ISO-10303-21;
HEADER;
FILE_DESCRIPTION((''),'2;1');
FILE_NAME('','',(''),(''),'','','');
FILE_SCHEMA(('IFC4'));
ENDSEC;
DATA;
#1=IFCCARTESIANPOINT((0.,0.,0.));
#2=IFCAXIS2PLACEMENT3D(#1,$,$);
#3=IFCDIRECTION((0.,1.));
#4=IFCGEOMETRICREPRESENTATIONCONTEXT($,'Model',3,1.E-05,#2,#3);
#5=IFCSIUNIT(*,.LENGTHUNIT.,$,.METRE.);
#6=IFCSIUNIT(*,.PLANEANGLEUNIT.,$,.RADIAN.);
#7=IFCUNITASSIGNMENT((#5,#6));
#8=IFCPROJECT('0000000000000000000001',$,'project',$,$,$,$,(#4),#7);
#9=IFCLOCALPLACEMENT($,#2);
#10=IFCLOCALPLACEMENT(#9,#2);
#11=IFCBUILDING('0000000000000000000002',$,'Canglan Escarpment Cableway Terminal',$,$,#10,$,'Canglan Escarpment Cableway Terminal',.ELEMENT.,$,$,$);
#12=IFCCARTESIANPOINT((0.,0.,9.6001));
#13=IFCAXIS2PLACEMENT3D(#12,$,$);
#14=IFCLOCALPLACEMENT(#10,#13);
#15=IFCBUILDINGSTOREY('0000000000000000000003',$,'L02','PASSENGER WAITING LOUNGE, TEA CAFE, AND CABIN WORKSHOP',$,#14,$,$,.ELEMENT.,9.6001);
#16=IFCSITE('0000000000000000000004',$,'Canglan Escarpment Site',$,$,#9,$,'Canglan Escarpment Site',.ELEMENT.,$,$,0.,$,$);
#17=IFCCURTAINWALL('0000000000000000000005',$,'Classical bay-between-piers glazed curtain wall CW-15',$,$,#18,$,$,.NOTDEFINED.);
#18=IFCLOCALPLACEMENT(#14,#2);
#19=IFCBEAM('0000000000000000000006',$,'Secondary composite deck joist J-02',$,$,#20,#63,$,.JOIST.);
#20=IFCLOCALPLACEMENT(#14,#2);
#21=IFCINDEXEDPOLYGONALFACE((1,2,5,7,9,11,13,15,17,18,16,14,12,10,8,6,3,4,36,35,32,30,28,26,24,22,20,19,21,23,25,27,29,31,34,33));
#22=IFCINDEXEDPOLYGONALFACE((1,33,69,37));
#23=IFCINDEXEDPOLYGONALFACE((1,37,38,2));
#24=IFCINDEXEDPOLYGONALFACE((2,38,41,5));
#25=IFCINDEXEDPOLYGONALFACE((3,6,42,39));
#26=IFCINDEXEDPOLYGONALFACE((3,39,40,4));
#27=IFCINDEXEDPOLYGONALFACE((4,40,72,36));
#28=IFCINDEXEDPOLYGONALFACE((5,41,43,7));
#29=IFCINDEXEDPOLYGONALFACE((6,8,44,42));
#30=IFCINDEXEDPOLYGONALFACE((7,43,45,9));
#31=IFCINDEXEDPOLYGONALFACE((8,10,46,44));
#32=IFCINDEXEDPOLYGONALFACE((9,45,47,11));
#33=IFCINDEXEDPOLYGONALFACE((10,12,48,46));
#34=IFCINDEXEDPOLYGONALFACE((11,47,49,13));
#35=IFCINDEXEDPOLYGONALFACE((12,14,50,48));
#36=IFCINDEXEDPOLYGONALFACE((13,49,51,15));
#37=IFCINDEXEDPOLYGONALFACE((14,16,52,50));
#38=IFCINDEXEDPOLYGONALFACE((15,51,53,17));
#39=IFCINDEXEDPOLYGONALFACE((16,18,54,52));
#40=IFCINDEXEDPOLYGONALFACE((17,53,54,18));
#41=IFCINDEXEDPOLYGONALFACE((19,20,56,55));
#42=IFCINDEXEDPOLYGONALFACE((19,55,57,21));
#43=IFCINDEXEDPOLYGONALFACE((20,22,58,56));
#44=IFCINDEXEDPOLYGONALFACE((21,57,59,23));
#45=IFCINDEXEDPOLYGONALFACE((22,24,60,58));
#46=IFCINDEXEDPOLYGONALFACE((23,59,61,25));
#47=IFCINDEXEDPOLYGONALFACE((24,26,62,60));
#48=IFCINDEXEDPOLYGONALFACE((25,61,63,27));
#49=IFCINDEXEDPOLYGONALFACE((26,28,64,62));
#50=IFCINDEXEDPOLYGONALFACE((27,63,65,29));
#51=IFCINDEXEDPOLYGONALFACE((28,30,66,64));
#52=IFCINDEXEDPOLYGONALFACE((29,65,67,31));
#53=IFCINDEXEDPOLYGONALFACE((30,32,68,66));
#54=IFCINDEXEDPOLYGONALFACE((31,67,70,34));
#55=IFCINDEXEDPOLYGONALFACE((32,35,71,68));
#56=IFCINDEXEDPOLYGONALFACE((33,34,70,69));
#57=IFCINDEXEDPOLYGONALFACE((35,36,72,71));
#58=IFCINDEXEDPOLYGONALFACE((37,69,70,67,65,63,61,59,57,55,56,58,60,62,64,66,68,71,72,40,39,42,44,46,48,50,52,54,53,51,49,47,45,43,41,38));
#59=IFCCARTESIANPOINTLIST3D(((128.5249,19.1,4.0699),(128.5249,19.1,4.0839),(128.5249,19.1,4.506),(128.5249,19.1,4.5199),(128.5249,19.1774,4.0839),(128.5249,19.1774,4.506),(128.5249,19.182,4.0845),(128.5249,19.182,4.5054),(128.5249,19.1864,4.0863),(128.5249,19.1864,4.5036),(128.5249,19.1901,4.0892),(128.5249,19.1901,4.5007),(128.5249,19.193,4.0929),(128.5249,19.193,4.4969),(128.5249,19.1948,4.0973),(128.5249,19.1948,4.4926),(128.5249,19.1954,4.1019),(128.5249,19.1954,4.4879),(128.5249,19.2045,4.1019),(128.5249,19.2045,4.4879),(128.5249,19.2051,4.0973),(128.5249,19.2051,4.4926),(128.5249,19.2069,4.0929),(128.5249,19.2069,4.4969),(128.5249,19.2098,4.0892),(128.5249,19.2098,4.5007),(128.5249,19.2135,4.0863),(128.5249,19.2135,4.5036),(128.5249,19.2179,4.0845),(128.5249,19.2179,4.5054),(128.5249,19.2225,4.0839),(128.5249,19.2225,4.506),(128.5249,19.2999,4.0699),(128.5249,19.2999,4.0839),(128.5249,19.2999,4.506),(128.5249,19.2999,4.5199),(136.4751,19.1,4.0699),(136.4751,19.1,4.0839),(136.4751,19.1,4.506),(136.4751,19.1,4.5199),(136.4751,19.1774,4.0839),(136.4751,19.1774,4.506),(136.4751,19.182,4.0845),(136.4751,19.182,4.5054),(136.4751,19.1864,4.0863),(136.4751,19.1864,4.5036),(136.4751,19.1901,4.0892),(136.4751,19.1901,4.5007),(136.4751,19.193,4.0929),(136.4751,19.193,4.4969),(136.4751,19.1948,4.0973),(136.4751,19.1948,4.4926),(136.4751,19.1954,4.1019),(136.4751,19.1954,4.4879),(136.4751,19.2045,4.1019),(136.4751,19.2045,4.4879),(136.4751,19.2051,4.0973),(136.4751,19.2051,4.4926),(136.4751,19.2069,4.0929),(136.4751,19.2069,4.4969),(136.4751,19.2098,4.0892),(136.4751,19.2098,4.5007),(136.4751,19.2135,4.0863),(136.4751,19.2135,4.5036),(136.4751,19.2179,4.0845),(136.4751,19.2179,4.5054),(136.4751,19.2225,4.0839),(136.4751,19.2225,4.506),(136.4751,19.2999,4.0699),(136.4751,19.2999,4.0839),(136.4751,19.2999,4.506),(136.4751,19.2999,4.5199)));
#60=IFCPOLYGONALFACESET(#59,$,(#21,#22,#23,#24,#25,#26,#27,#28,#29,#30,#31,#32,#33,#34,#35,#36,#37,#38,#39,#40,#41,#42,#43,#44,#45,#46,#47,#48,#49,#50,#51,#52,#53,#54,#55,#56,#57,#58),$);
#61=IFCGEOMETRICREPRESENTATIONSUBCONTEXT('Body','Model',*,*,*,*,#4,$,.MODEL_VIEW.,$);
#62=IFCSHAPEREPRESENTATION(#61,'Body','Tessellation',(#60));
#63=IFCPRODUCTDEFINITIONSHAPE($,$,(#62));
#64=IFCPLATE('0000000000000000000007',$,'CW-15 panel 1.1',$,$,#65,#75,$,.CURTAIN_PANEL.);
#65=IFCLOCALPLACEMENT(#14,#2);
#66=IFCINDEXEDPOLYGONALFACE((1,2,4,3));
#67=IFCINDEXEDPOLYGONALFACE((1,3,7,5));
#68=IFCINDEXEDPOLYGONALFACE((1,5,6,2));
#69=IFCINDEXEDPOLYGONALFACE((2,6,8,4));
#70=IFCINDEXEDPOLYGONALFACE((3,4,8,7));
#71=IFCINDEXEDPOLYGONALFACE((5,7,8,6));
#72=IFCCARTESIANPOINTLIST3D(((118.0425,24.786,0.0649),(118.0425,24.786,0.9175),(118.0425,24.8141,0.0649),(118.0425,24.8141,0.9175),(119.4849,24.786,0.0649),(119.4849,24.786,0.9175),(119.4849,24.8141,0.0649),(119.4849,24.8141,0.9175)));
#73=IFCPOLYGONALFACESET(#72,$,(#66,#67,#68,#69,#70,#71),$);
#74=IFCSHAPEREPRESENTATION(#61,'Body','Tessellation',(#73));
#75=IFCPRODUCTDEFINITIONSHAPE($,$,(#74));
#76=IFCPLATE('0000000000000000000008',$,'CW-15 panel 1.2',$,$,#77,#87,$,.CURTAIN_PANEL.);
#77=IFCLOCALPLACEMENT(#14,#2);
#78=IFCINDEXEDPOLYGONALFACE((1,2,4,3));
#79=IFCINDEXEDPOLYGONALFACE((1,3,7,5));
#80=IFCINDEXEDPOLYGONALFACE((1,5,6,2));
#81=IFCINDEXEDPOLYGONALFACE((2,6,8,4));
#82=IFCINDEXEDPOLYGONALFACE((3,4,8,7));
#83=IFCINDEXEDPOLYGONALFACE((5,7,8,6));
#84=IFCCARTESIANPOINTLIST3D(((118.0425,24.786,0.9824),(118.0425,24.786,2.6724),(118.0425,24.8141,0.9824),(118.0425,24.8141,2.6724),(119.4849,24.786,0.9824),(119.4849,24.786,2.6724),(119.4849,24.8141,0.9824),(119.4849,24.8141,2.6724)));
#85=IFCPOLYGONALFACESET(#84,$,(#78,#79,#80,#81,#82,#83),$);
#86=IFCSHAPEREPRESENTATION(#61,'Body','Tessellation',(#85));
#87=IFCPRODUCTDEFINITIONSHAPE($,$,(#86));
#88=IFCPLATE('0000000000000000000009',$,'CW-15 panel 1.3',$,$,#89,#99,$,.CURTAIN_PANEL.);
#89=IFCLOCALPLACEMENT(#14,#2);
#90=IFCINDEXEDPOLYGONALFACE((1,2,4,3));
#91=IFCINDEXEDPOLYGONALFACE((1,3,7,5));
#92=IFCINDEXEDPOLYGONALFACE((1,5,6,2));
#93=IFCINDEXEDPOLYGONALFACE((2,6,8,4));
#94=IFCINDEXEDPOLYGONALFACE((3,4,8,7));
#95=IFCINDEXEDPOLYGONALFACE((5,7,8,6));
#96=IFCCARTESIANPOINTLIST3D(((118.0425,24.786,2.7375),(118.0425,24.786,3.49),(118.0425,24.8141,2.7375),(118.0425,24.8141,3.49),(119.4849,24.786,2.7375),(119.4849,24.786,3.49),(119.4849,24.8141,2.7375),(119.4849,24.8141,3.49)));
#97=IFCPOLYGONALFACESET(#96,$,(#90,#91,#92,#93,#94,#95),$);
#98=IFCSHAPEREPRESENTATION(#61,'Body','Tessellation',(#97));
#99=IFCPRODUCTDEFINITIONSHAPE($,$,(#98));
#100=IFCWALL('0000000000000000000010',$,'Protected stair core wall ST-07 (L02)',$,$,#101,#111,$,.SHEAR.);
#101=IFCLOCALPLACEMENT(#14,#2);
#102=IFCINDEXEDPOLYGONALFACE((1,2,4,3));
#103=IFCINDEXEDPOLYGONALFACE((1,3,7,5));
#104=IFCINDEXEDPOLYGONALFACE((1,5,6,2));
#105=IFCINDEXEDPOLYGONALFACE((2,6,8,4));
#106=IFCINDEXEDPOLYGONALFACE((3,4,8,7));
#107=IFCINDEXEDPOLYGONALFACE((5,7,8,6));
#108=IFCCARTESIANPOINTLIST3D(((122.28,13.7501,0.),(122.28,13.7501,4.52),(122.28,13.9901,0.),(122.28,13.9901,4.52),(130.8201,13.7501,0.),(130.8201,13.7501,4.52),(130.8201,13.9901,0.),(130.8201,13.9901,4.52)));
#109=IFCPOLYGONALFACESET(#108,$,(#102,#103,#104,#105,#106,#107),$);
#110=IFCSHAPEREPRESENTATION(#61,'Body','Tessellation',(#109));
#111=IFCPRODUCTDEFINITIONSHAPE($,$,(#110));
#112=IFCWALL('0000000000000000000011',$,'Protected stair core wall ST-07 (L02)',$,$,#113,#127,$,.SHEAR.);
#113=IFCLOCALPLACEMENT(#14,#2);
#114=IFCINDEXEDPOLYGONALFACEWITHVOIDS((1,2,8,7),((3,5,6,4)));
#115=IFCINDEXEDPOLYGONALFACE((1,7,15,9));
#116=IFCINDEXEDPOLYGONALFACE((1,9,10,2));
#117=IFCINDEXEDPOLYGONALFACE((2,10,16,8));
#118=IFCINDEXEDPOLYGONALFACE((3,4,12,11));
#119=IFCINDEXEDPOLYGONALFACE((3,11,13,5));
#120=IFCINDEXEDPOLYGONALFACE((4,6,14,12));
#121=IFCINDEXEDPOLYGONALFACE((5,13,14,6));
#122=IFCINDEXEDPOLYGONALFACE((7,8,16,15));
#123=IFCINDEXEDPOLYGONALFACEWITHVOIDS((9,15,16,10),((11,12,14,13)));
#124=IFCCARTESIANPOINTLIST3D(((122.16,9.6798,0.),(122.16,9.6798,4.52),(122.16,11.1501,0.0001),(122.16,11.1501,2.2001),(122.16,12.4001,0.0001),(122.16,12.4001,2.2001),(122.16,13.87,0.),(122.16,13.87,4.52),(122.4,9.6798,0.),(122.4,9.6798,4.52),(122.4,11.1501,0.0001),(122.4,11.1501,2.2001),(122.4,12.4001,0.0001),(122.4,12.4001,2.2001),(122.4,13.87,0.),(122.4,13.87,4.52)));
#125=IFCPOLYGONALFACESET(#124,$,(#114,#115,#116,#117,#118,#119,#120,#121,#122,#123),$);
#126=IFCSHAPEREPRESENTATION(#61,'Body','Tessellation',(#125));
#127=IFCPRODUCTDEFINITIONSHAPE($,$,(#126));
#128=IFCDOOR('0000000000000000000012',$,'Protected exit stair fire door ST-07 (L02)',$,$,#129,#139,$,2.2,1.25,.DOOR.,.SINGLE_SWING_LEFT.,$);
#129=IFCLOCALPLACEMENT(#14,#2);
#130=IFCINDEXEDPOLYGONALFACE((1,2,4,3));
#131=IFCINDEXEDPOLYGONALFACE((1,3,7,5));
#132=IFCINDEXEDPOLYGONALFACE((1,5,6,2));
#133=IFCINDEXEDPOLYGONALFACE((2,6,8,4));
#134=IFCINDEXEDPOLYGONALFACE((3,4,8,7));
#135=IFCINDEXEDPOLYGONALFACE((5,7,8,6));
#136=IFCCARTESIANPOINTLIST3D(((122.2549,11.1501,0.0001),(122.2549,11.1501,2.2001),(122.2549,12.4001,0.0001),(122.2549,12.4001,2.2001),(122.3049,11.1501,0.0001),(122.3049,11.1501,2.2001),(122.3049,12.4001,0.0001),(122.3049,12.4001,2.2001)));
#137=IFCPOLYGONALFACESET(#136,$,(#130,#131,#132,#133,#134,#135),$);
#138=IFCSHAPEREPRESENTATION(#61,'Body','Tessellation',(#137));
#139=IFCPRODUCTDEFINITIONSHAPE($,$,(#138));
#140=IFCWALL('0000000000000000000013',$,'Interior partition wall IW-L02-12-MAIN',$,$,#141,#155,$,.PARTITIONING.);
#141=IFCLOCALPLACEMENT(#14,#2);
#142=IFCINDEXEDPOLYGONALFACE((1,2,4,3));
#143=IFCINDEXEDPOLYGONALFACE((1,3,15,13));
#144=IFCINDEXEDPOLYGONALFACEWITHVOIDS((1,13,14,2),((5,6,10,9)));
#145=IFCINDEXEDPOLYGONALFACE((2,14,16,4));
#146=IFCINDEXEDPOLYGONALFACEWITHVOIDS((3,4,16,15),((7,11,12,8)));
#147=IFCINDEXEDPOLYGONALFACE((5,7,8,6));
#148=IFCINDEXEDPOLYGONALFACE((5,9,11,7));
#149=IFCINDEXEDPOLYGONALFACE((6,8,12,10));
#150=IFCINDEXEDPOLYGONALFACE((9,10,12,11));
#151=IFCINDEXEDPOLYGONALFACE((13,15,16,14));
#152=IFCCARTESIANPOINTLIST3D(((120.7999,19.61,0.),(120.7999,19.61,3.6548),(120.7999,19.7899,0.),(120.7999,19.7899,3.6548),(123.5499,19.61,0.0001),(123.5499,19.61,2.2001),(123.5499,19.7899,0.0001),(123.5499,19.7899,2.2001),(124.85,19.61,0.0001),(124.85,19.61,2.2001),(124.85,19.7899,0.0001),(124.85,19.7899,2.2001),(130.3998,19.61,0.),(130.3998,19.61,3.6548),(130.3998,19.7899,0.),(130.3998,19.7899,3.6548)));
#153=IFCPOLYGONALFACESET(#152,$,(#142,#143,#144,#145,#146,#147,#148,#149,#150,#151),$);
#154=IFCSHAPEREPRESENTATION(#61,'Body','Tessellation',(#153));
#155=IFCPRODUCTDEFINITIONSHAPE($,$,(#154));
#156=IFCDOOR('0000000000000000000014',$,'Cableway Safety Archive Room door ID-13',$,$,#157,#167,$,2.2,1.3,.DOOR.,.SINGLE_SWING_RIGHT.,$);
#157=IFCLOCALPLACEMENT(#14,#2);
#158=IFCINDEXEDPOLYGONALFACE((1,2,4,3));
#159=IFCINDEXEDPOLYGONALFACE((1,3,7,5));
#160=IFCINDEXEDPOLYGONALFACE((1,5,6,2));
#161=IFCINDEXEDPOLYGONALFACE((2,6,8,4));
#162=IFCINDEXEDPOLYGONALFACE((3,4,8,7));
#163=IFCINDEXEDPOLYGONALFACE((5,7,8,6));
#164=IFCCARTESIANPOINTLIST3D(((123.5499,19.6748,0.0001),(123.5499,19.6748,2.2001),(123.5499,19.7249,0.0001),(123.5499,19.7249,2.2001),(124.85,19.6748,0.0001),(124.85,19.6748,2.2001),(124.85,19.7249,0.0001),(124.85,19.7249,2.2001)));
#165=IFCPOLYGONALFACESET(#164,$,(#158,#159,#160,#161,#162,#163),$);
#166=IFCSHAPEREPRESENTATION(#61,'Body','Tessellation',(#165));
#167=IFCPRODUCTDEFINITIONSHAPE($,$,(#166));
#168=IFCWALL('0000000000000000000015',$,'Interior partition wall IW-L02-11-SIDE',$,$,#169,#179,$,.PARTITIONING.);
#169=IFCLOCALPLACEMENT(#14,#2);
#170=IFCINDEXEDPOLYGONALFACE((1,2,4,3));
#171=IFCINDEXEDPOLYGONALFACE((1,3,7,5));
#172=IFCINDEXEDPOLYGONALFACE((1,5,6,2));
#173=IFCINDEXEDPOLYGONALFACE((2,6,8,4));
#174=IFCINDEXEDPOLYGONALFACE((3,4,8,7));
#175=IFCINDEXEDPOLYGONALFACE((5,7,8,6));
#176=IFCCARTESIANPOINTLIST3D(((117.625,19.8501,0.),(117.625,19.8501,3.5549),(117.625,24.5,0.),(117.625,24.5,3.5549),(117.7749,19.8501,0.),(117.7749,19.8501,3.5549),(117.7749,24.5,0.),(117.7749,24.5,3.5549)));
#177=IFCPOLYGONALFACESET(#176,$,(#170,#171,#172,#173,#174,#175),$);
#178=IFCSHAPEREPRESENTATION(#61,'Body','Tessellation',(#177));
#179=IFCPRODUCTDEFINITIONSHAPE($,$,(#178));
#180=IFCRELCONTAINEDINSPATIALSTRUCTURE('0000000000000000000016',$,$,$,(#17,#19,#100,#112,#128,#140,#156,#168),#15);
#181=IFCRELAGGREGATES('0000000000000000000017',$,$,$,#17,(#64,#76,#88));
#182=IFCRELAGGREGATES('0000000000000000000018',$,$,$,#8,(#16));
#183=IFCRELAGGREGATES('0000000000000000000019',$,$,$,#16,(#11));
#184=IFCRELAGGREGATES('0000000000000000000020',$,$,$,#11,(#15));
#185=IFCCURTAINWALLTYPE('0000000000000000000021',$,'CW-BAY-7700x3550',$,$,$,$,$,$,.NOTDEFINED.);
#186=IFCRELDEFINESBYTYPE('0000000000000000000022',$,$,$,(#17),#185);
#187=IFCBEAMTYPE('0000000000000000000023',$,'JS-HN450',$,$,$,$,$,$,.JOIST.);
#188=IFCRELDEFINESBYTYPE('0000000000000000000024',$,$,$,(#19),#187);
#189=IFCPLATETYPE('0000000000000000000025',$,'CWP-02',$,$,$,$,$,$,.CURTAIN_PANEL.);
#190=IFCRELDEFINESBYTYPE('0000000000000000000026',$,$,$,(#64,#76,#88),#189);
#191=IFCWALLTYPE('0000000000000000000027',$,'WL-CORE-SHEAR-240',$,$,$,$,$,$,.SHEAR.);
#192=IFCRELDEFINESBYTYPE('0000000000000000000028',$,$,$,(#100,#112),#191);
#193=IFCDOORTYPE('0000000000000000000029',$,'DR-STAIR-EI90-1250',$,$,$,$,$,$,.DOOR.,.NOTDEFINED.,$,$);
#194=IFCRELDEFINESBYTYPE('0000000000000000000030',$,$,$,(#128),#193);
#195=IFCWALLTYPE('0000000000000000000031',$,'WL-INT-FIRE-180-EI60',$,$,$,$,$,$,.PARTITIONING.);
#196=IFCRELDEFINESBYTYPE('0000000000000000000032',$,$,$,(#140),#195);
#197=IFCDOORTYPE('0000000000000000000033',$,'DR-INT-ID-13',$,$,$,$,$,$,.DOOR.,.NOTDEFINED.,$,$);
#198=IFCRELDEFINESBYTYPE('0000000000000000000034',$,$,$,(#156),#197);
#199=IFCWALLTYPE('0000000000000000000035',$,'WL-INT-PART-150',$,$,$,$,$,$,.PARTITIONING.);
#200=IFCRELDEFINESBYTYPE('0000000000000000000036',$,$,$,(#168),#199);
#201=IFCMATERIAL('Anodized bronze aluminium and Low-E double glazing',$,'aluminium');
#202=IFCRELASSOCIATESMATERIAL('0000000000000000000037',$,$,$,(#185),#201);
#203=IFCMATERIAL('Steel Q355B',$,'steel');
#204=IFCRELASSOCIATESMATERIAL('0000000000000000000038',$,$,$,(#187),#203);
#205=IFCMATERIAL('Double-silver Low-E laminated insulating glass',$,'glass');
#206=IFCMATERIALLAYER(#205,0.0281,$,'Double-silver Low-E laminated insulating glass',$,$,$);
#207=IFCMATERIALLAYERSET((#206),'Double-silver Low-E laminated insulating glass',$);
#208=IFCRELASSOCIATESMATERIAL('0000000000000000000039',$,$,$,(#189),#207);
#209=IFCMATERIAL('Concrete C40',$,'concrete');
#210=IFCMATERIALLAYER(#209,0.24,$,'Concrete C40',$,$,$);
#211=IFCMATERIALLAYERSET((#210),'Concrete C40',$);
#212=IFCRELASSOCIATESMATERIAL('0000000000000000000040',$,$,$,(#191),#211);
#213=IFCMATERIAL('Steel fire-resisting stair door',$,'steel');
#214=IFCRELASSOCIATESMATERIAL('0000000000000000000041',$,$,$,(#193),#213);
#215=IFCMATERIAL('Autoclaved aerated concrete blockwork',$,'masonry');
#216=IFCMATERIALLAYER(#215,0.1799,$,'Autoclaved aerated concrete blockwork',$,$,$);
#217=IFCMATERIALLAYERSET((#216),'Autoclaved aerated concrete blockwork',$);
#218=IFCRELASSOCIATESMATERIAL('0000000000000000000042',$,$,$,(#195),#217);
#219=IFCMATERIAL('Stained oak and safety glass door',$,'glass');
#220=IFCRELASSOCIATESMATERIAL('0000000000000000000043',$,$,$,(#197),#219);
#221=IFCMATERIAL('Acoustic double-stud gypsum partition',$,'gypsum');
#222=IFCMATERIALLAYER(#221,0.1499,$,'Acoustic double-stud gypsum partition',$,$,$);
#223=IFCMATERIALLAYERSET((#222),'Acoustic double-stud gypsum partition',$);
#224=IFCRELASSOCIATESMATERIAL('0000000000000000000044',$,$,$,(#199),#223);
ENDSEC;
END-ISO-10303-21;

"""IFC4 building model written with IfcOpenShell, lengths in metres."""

from ifc_helpers import new_model, si_unit, direction, frame, frame_2d, origin, origin_2d, place, context, subcontext, project, spatial, rectangle, i_section, extrude, material, layer, layer_set, material_profile, profile_set, type_object, element, fill, aggregate, save


model = new_model("IFC4")

# Units and contexts
model_context = context("Model", 3, precision=1e-05, world=origin(), true_north=direction((0.0, 1.0)))
body_context = subcontext(model_context, "Body", "Model", "MODEL_VIEW")
ifc_project = project(units=[si_unit("LENGTHUNIT", "METRE"), si_unit("PLANEANGLEUNIT", "RADIAN")], contexts=[model_context])

# Site, building, storey
site_placement = place(None, origin())
site = spatial("IfcSite", under=ifc_project, at=site_placement, Name="Canglan Escarpment Site", LongName="Canglan Escarpment Site", CompositionType="ELEMENT", RefElevation=0.0)
building_placement = place(site_placement, origin())
building = spatial("IfcBuilding", under=site, at=building_placement, Name="Canglan Escarpment Cableway Terminal", LongName="Canglan Escarpment Cableway Terminal", CompositionType="ELEMENT")
storey_placement = place(building_placement, frame((0.0, 0.0, 9.6001)))
storey = spatial("IfcBuildingStorey", under=building, at=storey_placement, Name="L02", Description="PASSENGER WAITING LOUNGE, TEA CAFE, AND CABIN WORKSHOP", CompositionType="ELEMENT", Elevation=9.6001)

# Shared definitions
ifc_material_1 = material(Name="Concrete C40", Category="concrete")

# Curtain wall
ifc_material_2 = material(Name="Anodized bronze aluminium and Low-E double glazing", Category="aluminium")
curtain_wall_type = type_object("IfcCurtainWallType", Name="CW-BAY-7700x3550", PredefinedType="NOTDEFINED", material=ifc_material_2)
curtain_wall_placement = place(storey_placement, origin())
curtain_wall = element("IfcCurtainWall", 1, at=curtain_wall_placement, inside=storey, type_object=curtain_wall_type, Name="Classical bay-between-piers glazed curtain wall CW-15", PredefinedType="NOTDEFINED")

# Beam
ifc_material_3 = material(Name="Steel Q355B", Category="steel")
ifc_material_profile_1 = material_profile(ifc_material_3, i_section(OverallWidth=0.2, OverallDepth=0.45, WebThickness=0.009, FlangeThickness=0.0139, FilletRadius=0.0181, at=origin_2d()), Name="HN 450x200x9x14")
ifc_profile_set_1 = profile_set([ifc_material_profile_1], Name="Steel Q355B")
beam_type_1 = type_object("IfcBeamType", Name="JS-HN450", PredefinedType="JOIST", material=ifc_profile_set_1)
beam_1_placement = place(storey_placement, frame((128.5249, 19.2, 4.2949), z_axis=(1.0, 0.0, 0.0), x_axis=(0.0, 1.0, 0.0)))
element("IfcBeam", 2, at=beam_1_placement, inside=storey, type_object=beam_type_1, Name="Secondary composite deck joist J-02", PredefinedType="JOIST", context=body_context, shape_type="SweptSolid", body=[
    extrude(i_section(OverallWidth=0.2, OverallDepth=0.45, WebThickness=0.009, FlangeThickness=0.0139, FilletRadius=0.0181, at=origin_2d()), origin(), (0.0, 0.0, 1.0), 7.9502),
])

# Plates
ifc_material_4 = material(Name="Double-silver Low-E laminated insulating glass", Category="glass")
ifc_layer_1 = layer(ifc_material_4, 0.0281, Name="Double-silver Low-E laminated insulating glass")
ifc_layer_set_1 = layer_set([ifc_layer_1], Name="Double-silver Low-E laminated insulating glass")
plate_type = type_object("IfcPlateType", Name="CWP-02", PredefinedType="CURTAIN_PANEL", material=ifc_layer_set_1)
plate_1_placement = place(storey_placement, frame((118.7637, 24.8, 0.0649), z_axis=(0.0, 0.0, 1.0), x_axis=(-1.0, 0.0, 0.0)))
plate_1 = element("IfcPlate", 3, at=plate_1_placement, type_object=plate_type, Name="CW-15 panel 1.1", PredefinedType="CURTAIN_PANEL", context=body_context, shape_type="SweptSolid", body=[
    extrude(rectangle(XDim=1.4424, YDim=0.0281, at=origin_2d()), origin(), (0.0, 0.0, 1.0), 0.8525),
])
plate_2_placement = place(storey_placement, frame((118.7637, 24.8, 0.9824), z_axis=(0.0, 0.0, 1.0), x_axis=(-1.0, 0.0, 0.0)))
plate_2 = element("IfcPlate", 4, at=plate_2_placement, type_object=plate_type, Name="CW-15 panel 1.2", PredefinedType="CURTAIN_PANEL", context=body_context, shape_type="SweptSolid", body=[
    extrude(rectangle(XDim=1.4424, YDim=0.0281, at=origin_2d()), origin(), (0.0, 0.0, 1.0), 1.6899),
])
plate_3_placement = place(storey_placement, frame((118.7637, 24.8, 2.7375), z_axis=(0.0, 0.0, 1.0), x_axis=(-1.0, 0.0, 0.0)))
plate_3 = element("IfcPlate", 5, at=plate_3_placement, type_object=plate_type, Name="CW-15 panel 1.3", PredefinedType="CURTAIN_PANEL", context=body_context, shape_type="SweptSolid", body=[
    extrude(rectangle(XDim=1.4424, YDim=0.0281, at=origin_2d()), origin(), (0.0, 0.0, 1.0), 0.7524),
])
aggregate(curtain_wall, [plate_1, plate_2, plate_3])

# Wall
ifc_layer_2 = layer(ifc_material_1, 0.24, Name="Concrete C40")
ifc_layer_set_2 = layer_set([ifc_layer_2], Name="Concrete C40")
wall_type_1 = type_object("IfcWallType", Name="WL-CORE-SHEAR-240", PredefinedType="SHEAR", material=ifc_layer_set_2)
wall_1_placement = place(storey_placement, frame((130.8201, 13.8701, 0.0), z_axis=(0.0, 0.0, 1.0), x_axis=(-1.0, 0.0, 0.0)))
element("IfcWall", 6, at=wall_1_placement, inside=storey, type_object=wall_type_1, Name="Protected stair core wall ST-07 (L02)", PredefinedType="SHEAR", context=body_context, shape_type="SweptSolid", body=[
    extrude(rectangle(XDim=8.54, YDim=0.24, at=frame_2d((4.27, 0.0))), origin(), (0.0, 0.0, 1.0), 4.52),
])

# Walls, openings, doors
wall_2_placement = place(storey_placement, frame((122.28, 13.8701, 0.0), z_axis=(0.0, 0.0, 1.0), x_axis=(0.0, -1.0, 0.0)))
wall_2 = element("IfcWall", 7, at=wall_2_placement, inside=storey, type_object=wall_type_1, Name="Protected stair core wall ST-07 (L02)", PredefinedType="SHEAR", context=body_context, shape_type="SweptSolid", body=[
    extrude(rectangle(XDim=4.1902, YDim=0.24, at=frame_2d((2.0952, 0.0))), origin(), (0.0, 0.0, 1.0), 4.52),
])
opening_1_placement = place(wall_2_placement, frame((1.47, 0.0, 0.0)))
opening_1 = element("IfcOpeningElement", 8, at=opening_1_placement, cuts=wall_2, PredefinedType="OPENING", context=body_context, shape_type="SweptSolid", body=[
    extrude(rectangle(XDim=1.25, YDim=2.2, at=frame_2d((0.625, 1.1001))), frame((0.0, 0.1299, 0.0), z_axis=(0.0, -1.0, 0.0), x_axis=(1.0, 0.0, 0.0)), (0.0, 0.0, 1.0), 0.26),
])
ifc_material_5 = material(Name="Steel fire-resisting stair door", Category="steel")
door_type_1 = type_object("IfcDoorType", Name="DR-STAIR-EI90-1250", OperationType="NOTDEFINED", PredefinedType="DOOR", material=ifc_material_5)
door_1_placement = place(opening_1_placement, origin())
door_1 = element("IfcDoor", 9, at=door_1_placement, inside=storey, type_object=door_type_1, Name="Protected exit stair fire door ST-07 (L02)", OperationType="SINGLE_SWING_LEFT", OverallHeight=2.2, OverallWidth=1.25, PredefinedType="DOOR", context=body_context, shape_type="SweptSolid", body=[
    extrude(rectangle(XDim=1.25, YDim=2.2, at=frame_2d((0.625, 1.1001))), frame((0.0, 0.0249, 0.0), z_axis=(0.0, -1.0, 0.0), x_axis=(1.0, 0.0, 0.0)), (0.0, 0.0, 1.0), 0.05),
])
fill(opening_1, door_1)
ifc_material_6 = material(Name="Autoclaved aerated concrete blockwork", Category="masonry")
ifc_layer_3 = layer(ifc_material_6, 0.1799, Name="Autoclaved aerated concrete blockwork")
ifc_layer_set_3 = layer_set([ifc_layer_3], Name="Autoclaved aerated concrete blockwork")
wall_type_2 = type_object("IfcWallType", Name="WL-INT-FIRE-180-EI60", PredefinedType="PARTITIONING", material=ifc_layer_set_3)
wall_3_placement = place(storey_placement, frame((120.8, 19.7, 0.0), z_axis=(0.0, 0.0, 1.0), x_axis=(1.0, 0.0, 0.0)))
wall_3 = element("IfcWall", 10, at=wall_3_placement, inside=storey, type_object=wall_type_2, Name="Interior partition wall IW-L02-12-MAIN", PredefinedType="PARTITIONING", context=body_context, shape_type="SweptSolid", body=[
    extrude(rectangle(XDim=9.5999, YDim=0.1799, at=frame_2d((4.7998, 0.0))), origin(), (0.0, 0.0, 1.0), 3.6548),
])
opening_2_placement = place(wall_3_placement, frame((2.75, 0.0, 0.0)))
opening_2 = element("IfcOpeningElement", 11, at=opening_2_placement, cuts=wall_3, PredefinedType="OPENING", context=body_context, shape_type="SweptSolid", body=[
    extrude(rectangle(XDim=1.3, YDim=2.2, at=frame_2d((0.6499, 1.1001))), frame((0.0, 0.1001, 0.0), z_axis=(0.0, -1.0, 0.0), x_axis=(1.0, 0.0, 0.0)), (0.0, 0.0, 1.0), 0.2),
])
ifc_material_7 = material(Name="Stained oak and safety glass door", Category="glass")
door_type_2 = type_object("IfcDoorType", Name="DR-INT-ID-13", OperationType="NOTDEFINED", PredefinedType="DOOR", material=ifc_material_7)
door_2_placement = place(opening_2_placement, origin())
door_2 = element("IfcDoor", 12, at=door_2_placement, inside=storey, type_object=door_type_2, Name="Cableway Safety Archive Room door ID-13", OperationType="SINGLE_SWING_RIGHT", OverallHeight=2.2, OverallWidth=1.3, PredefinedType="DOOR", context=body_context, shape_type="SweptSolid", body=[
    extrude(rectangle(XDim=1.3, YDim=2.2, at=frame_2d((0.6499, 1.1001))), frame((0.0, 0.0249, 0.0), z_axis=(0.0, -1.0, 0.0), x_axis=(1.0, 0.0, 0.0)), (0.0, 0.0, 1.0), 0.05),
])
fill(opening_2, door_2)

# Wall
ifc_material_8 = material(Name="Acoustic double-stud gypsum partition", Category="gypsum")
ifc_layer_4 = layer(ifc_material_8, 0.1499, Name="Acoustic double-stud gypsum partition")
ifc_layer_set_4 = layer_set([ifc_layer_4], Name="Acoustic double-stud gypsum partition")
wall_type_3 = type_object("IfcWallType", Name="WL-INT-PART-150", PredefinedType="PARTITIONING", material=ifc_layer_set_4)
for number, where, z_axis, x_axis, name in (
    (13, (117.7, 19.8501, 0.0), (0.0, 0.0, 1.0), (0.0, 1.0, 0.0), "Interior partition wall IW-L02-11-SIDE"),
):
    element("IfcWall", number, at=place(storey_placement, frame(where, z_axis=z_axis, x_axis=x_axis)), inside=storey, type_object=wall_type_3, Name=name, PredefinedType="PARTITIONING", context=body_context, shape_type="SweptSolid", body=[
        extrude(rectangle(XDim=4.6499, YDim=0.1499, at=frame_2d((2.325, 0.0))), origin(), (0.0, 0.0, 1.0), 3.5549),
    ])

save(model, "model.ifc")
